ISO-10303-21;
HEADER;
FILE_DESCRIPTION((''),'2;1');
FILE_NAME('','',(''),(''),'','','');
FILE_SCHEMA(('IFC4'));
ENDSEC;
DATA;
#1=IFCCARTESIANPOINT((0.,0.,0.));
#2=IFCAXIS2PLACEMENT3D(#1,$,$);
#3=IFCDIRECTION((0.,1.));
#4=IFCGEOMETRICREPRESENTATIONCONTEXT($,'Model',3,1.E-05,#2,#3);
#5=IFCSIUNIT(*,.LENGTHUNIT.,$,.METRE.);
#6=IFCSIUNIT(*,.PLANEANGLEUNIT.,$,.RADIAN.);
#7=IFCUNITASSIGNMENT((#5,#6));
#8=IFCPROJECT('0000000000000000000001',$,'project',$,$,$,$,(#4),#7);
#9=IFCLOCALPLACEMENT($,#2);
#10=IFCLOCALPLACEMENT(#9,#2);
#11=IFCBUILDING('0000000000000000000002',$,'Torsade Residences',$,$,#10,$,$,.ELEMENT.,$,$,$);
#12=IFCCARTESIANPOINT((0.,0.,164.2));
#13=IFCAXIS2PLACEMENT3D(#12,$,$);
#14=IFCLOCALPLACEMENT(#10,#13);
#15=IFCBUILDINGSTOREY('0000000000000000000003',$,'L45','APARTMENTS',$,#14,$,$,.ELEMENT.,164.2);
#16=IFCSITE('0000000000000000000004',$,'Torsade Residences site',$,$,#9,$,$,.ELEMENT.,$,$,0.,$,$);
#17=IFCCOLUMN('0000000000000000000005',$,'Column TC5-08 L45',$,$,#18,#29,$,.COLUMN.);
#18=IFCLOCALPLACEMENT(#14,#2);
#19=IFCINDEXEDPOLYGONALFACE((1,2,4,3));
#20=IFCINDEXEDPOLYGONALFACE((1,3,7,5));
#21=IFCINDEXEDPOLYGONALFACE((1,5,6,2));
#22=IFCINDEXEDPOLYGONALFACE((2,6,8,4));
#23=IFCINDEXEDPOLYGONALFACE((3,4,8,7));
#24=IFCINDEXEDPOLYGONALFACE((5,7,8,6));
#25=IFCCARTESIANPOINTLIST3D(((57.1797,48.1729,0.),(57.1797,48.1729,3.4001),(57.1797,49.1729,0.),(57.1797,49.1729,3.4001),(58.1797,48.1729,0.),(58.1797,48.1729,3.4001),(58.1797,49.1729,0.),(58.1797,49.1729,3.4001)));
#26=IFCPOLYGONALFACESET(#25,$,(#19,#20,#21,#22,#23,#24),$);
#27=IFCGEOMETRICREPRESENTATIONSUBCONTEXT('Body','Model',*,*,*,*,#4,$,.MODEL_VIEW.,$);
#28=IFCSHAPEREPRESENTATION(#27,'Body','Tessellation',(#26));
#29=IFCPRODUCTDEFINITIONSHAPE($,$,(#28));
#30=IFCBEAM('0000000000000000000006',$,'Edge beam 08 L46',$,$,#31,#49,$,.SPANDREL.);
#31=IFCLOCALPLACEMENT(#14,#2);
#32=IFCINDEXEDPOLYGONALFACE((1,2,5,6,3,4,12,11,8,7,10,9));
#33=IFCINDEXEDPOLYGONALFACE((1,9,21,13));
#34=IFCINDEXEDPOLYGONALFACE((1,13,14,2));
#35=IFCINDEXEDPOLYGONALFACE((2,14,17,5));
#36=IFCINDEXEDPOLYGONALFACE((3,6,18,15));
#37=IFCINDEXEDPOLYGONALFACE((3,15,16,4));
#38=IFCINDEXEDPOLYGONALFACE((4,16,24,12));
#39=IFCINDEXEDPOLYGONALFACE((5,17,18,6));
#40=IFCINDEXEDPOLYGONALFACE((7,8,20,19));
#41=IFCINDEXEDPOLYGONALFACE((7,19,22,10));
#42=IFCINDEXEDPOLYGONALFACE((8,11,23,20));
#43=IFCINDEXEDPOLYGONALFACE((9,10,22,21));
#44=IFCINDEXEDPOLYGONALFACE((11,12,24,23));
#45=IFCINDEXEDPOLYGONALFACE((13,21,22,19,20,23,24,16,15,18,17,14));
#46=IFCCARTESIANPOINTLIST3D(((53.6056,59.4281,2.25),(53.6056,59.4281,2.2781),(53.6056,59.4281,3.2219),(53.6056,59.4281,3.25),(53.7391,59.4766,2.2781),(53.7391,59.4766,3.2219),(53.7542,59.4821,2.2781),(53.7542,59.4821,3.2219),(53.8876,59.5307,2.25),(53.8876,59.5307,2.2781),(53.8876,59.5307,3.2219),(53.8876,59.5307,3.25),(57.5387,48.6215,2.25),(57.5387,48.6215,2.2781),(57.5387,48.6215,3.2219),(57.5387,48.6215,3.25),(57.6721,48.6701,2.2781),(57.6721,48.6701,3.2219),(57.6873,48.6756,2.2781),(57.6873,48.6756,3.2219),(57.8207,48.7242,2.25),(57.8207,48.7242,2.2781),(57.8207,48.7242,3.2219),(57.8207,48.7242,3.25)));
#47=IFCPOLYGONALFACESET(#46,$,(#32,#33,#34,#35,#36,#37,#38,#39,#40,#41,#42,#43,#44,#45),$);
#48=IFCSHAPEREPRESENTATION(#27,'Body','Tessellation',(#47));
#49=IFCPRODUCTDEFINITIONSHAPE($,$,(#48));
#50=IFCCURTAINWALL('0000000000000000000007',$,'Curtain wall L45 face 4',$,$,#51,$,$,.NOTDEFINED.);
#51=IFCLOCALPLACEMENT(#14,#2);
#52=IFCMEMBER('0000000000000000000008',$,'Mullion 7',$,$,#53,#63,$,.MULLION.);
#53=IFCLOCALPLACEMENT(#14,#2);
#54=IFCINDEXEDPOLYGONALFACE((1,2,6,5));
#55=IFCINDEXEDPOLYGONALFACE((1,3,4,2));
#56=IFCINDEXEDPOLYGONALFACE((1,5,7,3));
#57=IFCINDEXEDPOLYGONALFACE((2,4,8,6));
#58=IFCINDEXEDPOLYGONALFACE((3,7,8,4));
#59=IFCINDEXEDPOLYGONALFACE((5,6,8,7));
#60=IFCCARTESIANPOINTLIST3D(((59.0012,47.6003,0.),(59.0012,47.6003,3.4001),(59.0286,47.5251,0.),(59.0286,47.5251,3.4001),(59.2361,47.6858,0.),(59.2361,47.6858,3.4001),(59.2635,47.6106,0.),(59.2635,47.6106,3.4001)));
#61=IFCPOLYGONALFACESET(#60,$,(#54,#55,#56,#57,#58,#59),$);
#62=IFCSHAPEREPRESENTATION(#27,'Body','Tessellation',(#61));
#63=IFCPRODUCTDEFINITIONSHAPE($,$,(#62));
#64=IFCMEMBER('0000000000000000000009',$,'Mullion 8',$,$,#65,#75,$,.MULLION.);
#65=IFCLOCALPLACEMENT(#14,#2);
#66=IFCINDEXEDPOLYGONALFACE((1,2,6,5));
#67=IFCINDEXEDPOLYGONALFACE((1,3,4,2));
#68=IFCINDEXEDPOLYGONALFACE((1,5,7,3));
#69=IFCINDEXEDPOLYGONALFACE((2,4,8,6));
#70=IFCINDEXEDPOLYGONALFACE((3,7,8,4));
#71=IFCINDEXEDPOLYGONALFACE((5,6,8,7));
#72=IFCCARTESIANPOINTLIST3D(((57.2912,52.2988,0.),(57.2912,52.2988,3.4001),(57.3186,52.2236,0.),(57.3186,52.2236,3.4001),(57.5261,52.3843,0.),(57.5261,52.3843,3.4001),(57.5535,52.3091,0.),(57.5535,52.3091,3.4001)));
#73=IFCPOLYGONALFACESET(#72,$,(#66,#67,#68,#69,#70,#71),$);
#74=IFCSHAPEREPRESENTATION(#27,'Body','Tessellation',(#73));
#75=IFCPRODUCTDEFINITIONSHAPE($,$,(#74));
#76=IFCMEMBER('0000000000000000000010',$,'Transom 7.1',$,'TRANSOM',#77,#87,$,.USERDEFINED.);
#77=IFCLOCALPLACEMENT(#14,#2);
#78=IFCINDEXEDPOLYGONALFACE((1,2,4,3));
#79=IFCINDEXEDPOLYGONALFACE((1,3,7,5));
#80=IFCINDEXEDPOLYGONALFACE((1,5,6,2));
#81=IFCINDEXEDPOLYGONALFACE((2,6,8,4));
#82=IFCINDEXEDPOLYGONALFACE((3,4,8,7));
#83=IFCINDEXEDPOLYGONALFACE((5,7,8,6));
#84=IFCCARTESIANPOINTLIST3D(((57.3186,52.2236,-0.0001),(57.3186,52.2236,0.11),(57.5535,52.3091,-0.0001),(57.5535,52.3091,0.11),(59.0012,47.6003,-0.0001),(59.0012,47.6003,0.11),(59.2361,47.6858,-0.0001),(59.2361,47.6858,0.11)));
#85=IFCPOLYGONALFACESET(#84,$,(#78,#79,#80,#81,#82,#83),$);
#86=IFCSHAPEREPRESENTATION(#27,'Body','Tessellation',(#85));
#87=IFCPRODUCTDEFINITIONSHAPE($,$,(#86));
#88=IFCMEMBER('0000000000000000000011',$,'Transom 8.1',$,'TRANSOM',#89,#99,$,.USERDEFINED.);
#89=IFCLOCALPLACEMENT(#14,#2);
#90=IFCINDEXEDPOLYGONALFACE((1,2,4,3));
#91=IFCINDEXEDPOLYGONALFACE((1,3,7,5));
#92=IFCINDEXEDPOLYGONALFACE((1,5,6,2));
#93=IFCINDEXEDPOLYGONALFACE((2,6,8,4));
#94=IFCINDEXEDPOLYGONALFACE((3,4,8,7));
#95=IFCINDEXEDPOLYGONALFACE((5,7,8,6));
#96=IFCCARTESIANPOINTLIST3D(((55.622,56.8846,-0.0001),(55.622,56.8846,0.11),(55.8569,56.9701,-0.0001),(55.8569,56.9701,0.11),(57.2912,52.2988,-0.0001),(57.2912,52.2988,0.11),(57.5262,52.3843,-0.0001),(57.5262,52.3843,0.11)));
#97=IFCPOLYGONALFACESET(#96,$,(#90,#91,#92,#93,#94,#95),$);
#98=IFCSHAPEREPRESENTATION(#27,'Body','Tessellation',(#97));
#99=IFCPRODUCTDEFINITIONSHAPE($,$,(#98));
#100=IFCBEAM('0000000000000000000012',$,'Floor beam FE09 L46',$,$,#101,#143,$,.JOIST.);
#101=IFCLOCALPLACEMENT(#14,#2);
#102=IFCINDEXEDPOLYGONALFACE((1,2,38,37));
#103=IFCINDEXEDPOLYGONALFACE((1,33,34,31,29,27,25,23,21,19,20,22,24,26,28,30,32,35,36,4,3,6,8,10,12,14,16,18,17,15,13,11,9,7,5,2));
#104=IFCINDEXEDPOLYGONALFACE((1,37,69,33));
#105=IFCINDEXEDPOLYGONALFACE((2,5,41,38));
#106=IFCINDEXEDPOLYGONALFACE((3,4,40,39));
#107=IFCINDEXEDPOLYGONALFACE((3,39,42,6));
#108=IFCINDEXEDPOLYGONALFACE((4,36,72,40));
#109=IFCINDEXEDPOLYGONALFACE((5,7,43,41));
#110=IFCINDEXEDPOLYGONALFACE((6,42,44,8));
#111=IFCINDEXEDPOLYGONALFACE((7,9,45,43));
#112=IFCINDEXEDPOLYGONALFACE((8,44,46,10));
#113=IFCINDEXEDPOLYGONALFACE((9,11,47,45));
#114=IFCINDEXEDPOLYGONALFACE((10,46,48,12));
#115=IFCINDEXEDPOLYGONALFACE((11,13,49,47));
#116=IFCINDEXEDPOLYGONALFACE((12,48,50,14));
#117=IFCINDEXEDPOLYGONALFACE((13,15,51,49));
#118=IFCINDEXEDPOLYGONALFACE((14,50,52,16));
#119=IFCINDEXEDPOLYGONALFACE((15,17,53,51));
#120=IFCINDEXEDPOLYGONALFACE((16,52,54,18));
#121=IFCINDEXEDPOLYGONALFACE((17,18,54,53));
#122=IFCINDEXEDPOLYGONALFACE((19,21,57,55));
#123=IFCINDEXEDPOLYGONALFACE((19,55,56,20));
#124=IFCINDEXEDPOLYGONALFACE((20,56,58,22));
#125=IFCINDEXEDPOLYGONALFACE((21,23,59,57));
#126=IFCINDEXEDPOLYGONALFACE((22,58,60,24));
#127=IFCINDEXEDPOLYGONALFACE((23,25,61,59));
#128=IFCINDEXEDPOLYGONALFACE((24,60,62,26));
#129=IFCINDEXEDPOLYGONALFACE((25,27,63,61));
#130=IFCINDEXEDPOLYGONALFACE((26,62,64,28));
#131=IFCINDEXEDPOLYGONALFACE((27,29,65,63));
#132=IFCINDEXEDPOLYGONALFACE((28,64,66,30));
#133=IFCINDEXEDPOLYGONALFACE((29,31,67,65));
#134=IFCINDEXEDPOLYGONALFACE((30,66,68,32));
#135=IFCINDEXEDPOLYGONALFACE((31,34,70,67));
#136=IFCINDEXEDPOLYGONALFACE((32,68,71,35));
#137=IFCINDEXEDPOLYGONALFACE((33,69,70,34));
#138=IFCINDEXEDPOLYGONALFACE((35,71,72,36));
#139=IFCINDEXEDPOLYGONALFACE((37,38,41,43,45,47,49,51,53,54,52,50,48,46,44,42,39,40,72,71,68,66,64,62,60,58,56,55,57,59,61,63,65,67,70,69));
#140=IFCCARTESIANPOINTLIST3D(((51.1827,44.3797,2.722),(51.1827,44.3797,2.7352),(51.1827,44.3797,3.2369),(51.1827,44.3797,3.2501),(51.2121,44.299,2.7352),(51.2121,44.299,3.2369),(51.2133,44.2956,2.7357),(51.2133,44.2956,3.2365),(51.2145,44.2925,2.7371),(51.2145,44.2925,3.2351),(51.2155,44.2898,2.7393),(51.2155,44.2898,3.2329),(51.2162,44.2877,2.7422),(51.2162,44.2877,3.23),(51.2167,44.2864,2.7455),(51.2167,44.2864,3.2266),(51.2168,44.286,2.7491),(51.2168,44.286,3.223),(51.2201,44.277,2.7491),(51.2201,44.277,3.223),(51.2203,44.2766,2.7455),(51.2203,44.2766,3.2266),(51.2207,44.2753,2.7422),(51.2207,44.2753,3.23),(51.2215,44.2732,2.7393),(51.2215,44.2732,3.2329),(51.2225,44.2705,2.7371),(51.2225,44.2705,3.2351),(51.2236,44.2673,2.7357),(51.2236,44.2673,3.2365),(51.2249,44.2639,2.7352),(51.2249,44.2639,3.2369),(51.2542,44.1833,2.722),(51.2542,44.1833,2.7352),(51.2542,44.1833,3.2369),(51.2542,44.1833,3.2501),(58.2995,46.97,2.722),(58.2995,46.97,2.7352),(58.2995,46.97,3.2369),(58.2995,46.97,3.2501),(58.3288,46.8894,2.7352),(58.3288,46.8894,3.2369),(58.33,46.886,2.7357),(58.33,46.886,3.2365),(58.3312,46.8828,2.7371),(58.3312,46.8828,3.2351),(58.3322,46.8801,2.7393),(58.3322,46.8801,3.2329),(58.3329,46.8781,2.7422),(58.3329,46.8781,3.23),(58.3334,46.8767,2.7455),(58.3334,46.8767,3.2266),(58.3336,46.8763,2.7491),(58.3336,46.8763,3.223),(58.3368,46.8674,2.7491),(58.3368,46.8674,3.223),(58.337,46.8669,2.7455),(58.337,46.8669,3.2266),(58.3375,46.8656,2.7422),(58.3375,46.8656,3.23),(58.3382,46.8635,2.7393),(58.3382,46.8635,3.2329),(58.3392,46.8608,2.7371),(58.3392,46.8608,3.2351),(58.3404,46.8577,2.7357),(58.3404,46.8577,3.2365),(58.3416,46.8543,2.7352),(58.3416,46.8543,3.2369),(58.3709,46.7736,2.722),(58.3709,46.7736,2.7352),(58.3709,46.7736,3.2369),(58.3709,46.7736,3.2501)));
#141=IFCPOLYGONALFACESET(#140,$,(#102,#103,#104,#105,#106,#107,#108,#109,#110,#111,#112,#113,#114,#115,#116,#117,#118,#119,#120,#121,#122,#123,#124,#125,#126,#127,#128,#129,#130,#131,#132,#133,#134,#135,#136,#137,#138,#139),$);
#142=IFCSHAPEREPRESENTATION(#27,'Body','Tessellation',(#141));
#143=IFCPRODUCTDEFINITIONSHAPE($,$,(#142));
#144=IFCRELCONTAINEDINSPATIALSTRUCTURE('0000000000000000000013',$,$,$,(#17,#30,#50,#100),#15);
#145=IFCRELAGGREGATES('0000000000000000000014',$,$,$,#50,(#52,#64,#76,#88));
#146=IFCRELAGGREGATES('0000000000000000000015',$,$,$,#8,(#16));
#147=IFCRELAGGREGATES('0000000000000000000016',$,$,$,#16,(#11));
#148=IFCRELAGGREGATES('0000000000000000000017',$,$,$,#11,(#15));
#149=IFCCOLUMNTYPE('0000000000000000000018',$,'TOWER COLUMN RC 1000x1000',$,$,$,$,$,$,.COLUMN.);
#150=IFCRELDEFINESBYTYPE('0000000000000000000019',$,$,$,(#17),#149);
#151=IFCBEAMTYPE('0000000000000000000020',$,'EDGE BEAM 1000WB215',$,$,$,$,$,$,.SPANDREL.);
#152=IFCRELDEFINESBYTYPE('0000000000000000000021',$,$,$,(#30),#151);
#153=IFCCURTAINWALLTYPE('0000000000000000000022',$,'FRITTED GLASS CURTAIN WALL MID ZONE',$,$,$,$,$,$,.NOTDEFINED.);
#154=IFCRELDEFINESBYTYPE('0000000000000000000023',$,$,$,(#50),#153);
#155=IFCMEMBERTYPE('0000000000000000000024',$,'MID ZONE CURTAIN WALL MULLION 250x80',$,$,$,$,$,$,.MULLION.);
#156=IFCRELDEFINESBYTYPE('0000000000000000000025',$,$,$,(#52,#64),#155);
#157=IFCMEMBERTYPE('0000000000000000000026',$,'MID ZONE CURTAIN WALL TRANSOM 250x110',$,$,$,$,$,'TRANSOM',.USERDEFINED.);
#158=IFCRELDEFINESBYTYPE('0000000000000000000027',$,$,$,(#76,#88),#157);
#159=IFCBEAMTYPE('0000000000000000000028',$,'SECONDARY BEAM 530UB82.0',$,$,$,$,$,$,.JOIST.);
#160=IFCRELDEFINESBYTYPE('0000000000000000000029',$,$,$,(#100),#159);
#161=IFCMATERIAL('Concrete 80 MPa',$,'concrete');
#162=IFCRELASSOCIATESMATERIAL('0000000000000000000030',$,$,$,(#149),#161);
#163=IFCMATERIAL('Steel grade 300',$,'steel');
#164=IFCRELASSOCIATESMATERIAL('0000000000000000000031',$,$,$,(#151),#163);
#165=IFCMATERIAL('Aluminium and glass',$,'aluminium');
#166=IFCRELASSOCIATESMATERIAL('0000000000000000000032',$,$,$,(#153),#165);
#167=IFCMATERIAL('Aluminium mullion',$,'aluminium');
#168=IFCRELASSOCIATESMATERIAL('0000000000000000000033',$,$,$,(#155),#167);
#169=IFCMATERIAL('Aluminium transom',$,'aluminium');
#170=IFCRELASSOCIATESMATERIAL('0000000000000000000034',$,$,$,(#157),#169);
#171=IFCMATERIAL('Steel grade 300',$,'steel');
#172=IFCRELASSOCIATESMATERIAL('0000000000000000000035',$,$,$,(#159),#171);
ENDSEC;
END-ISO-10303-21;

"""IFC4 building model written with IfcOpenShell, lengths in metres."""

from ifc_helpers import new_model, si_unit, direction, frame, origin, origin_2d, place, context, subcontext, project, spatial, rectangle, i_section, extrude, material, material_profile, profile_set, type_object, element, aggregate, save


model = new_model("IFC4")

# Units and contexts
model_context = context("Model", 3, precision=1e-05, world=origin(), true_north=direction((0.0, 1.0)))
body_context = subcontext(model_context, "Body", "Model", "MODEL_VIEW")
ifc_project = project(units=[si_unit("LENGTHUNIT", "METRE"), si_unit("PLANEANGLEUNIT", "RADIAN")], contexts=[model_context])

# Site, building, storey
site_placement = place(None, origin())
site = spatial("IfcSite", under=ifc_project, at=site_placement, Name="Torsade Residences site", CompositionType="ELEMENT", RefElevation=0.0)
building_placement = place(site_placement, origin())
building = spatial("IfcBuilding", under=site, at=building_placement, Name="Torsade Residences", CompositionType="ELEMENT")
storey_placement = place(building_placement, frame((0.0, 0.0, 164.2)))
storey = spatial("IfcBuildingStorey", under=building, at=storey_placement, Name="L45", Description="APARTMENTS", CompositionType="ELEMENT", Elevation=164.2)

# Column
ifc_material_1 = material(Name="Concrete 80 MPa", Category="concrete")
ifc_material_profile_1 = material_profile(ifc_material_1, rectangle(XDim=1.0, YDim=1.0, at=origin_2d()), Name="RC 1000x1000")
ifc_profile_set_1 = profile_set([ifc_material_profile_1], Name="Concrete 80 MPa")
column_type = type_object("IfcColumnType", Name="TOWER COLUMN RC 1000x1000", PredefinedType="COLUMN", material=ifc_profile_set_1)
column_placement = place(storey_placement, frame((57.6797, 48.6729, 0.0), z_axis=(0.0, 0.0, 1.0), x_axis=(1.0, 0.0, 0.0)))
element("IfcColumn", 1, at=column_placement, inside=storey, type_object=column_type, Name="Column TC5-08 L45", PredefinedType="COLUMN", context=body_context, shape_type="SweptSolid", body=[
    extrude(rectangle(XDim=1.0, YDim=1.0, at=origin_2d()), origin(), (0.0, 0.0, 1.0), 3.4001),
])

# Beam
ifc_material_2 = material(Name="Steel grade 300", Category="steel")
ifc_material_profile_2 = material_profile(ifc_material_2, i_section(OverallWidth=0.3, OverallDepth=1.0, WebThickness=0.0161, FlangeThickness=0.0281, at=origin_2d()), Name="1000WB215")
ifc_profile_set_2 = profile_set([ifc_material_profile_2], Name="Steel grade 300")
beam_type_1 = type_object("IfcBeamType", Name="EDGE BEAM 1000WB215", PredefinedType="SPANDREL", material=ifc_profile_set_2)
beam_1_placement = place(storey_placement, frame((57.6797, 48.6729, 2.75), z_axis=(-0.342006, 0.939698, 0.0), x_axis=(-0.939698, -0.342006, 0.0)))
element("IfcBeam", 2, at=beam_1_placement, inside=storey, type_object=beam_type_1, Name="Edge beam 08 L46", PredefinedType="SPANDREL", context=body_context, shape_type="SweptSolid", body=[
    extrude(i_section(OverallWidth=0.3, OverallDepth=1.0, WebThickness=0.0161, FlangeThickness=0.0281, at=origin_2d()), origin(), (0.0, 0.0, 1.0), 11.5),
])

# Curtain wall, members
ifc_material_3 = material(Name="Aluminium and glass", Category="aluminium")
curtain_wall_type = type_object("IfcCurtainWallType", Name="FRITTED GLASS CURTAIN WALL MID ZONE", PredefinedType="NOTDEFINED", material=ifc_material_3)
curtain_wall_placement = place(storey_placement, origin())
curtain_wall = element("IfcCurtainWall", 3, at=curtain_wall_placement, inside=storey, type_object=curtain_wall_type, Name="Curtain wall L45 face 4", PredefinedType="NOTDEFINED")
ifc_material_4 = material(Name="Aluminium mullion", Category="aluminium")
ifc_material_profile_3 = material_profile(ifc_material_4, rectangle(XDim=0.25, YDim=0.0801, at=origin_2d()), Name="MID ZONE CURTAIN WALL MULLION 250x80")
ifc_profile_set_3 = profile_set([ifc_material_profile_3], Name="Aluminium mullion")
member_type_1 = type_object("IfcMemberType", Name="MID ZONE CURTAIN WALL MULLION 250x80", PredefinedType="MULLION", material=ifc_profile_set_3)
member_1_placement = place(storey_placement, frame((59.1323, 47.6055, 0.0), z_axis=(0.0, 0.0, 1.0), x_axis=(-0.939693, -0.34202, 0.0)))
member_1 = element("IfcMember", 4, at=member_1_placement, type_object=member_type_1, Name="Mullion 7", PredefinedType="MULLION", context=body_context, shape_type="SweptSolid", body=[
    extrude(rectangle(XDim=0.25, YDim=0.0801, at=origin_2d()), origin(), (0.0, 0.0, 1.0), 3.4001),
])
member_2_placement = place(storey_placement, frame((57.4224, 52.304, 0.0), z_axis=(0.0, 0.0, 1.0), x_axis=(-0.939693, -0.34202, 0.0)))
member_2 = element("IfcMember", 5, at=member_2_placement, type_object=member_type_1, Name="Mullion 8", PredefinedType="MULLION", context=body_context, shape_type="SweptSolid", body=[
    extrude(rectangle(XDim=0.25, YDim=0.0801, at=origin_2d()), origin(), (0.0, 0.0, 1.0), 3.4001),
])
ifc_material_5 = material(Name="Aluminium transom", Category="aluminium")
ifc_material_profile_4 = material_profile(ifc_material_5, rectangle(XDim=0.25, YDim=0.1101, at=origin_2d()), Name="MID ZONE CURTAIN WALL TRANSOM 250x110")
ifc_profile_set_4 = profile_set([ifc_material_profile_4], Name="Aluminium transom")
member_type_2 = type_object("IfcMemberType", Name="MID ZONE CURTAIN WALL TRANSOM 250x110", ElementType="TRANSOM", PredefinedType="USERDEFINED", material=ifc_profile_set_4)
member_3_placement = place(storey_placement, frame((59.1187, 47.6431, 0.0549), z_axis=(-0.341998, 0.939701, 0.0), x_axis=(-0.939701, -0.341998, 0.0)))
member_3 = element("IfcMember", 6, at=member_3_placement, type_object=member_type_2, Name="Transom 7.1", ObjectType="TRANSOM", PredefinedType="USERDEFINED", context=body_context, shape_type="SweptSolid", body=[
    extrude(rectangle(XDim=0.25, YDim=0.1101, at=origin_2d()), origin(), (0.0, 0.0, 1.0), 4.9199),
])
member_4_placement = place(storey_placement, frame((57.4087, 52.3416, 0.0549), z_axis=(-0.342044, 0.939684, 0.0), x_axis=(-0.939684, -0.342044, 0.0)))
member_4 = element("IfcMember", 7, at=member_4_placement, type_object=member_type_2, Name="Transom 8.1", ObjectType="TRANSOM", PredefinedType="USERDEFINED", context=body_context, shape_type="SweptSolid", body=[
    extrude(rectangle(XDim=0.25, YDim=0.1101, at=origin_2d()), origin(), (0.0, 0.0, 1.0), 4.8801),
])

# Beam
ifc_material_6 = material(Name="Steel grade 300", Category="steel")
ifc_material_profile_5 = material_profile(ifc_material_6, i_section(OverallWidth=0.209, OverallDepth=0.5281, WebThickness=0.0095, FlangeThickness=0.0132, FilletRadius=0.0139, at=origin_2d()), Name="530UB82.0")
ifc_profile_set_5 = profile_set([ifc_material_profile_5], Name="Steel grade 300")
beam_type_2 = type_object("IfcBeamType", Name="SECONDARY BEAM 530UB82.0", PredefinedType="JOIST", material=ifc_profile_set_5)
beam_2_placement = place(storey_placement, frame((58.3352, 46.8718, 2.9861), z_axis=(-0.93969, -0.342028, 0.0), x_axis=(0.342028, -0.93969, 0.0)))
element("IfcBeam", 8, at=beam_2_placement, inside=storey, type_object=beam_type_2, Name="Floor beam FE09 L46", PredefinedType="JOIST", context=body_context, shape_type="SweptSolid", body=[
    extrude(i_section(OverallWidth=0.209, OverallDepth=0.5281, WebThickness=0.0095, FlangeThickness=0.0132, FilletRadius=0.0139, at=origin_2d()), origin(), (0.0, 0.0, 1.0), 7.5735),
])

aggregate(curtain_wall, [member_1, member_2, member_3, member_4])

save(model, "model.ifc")
